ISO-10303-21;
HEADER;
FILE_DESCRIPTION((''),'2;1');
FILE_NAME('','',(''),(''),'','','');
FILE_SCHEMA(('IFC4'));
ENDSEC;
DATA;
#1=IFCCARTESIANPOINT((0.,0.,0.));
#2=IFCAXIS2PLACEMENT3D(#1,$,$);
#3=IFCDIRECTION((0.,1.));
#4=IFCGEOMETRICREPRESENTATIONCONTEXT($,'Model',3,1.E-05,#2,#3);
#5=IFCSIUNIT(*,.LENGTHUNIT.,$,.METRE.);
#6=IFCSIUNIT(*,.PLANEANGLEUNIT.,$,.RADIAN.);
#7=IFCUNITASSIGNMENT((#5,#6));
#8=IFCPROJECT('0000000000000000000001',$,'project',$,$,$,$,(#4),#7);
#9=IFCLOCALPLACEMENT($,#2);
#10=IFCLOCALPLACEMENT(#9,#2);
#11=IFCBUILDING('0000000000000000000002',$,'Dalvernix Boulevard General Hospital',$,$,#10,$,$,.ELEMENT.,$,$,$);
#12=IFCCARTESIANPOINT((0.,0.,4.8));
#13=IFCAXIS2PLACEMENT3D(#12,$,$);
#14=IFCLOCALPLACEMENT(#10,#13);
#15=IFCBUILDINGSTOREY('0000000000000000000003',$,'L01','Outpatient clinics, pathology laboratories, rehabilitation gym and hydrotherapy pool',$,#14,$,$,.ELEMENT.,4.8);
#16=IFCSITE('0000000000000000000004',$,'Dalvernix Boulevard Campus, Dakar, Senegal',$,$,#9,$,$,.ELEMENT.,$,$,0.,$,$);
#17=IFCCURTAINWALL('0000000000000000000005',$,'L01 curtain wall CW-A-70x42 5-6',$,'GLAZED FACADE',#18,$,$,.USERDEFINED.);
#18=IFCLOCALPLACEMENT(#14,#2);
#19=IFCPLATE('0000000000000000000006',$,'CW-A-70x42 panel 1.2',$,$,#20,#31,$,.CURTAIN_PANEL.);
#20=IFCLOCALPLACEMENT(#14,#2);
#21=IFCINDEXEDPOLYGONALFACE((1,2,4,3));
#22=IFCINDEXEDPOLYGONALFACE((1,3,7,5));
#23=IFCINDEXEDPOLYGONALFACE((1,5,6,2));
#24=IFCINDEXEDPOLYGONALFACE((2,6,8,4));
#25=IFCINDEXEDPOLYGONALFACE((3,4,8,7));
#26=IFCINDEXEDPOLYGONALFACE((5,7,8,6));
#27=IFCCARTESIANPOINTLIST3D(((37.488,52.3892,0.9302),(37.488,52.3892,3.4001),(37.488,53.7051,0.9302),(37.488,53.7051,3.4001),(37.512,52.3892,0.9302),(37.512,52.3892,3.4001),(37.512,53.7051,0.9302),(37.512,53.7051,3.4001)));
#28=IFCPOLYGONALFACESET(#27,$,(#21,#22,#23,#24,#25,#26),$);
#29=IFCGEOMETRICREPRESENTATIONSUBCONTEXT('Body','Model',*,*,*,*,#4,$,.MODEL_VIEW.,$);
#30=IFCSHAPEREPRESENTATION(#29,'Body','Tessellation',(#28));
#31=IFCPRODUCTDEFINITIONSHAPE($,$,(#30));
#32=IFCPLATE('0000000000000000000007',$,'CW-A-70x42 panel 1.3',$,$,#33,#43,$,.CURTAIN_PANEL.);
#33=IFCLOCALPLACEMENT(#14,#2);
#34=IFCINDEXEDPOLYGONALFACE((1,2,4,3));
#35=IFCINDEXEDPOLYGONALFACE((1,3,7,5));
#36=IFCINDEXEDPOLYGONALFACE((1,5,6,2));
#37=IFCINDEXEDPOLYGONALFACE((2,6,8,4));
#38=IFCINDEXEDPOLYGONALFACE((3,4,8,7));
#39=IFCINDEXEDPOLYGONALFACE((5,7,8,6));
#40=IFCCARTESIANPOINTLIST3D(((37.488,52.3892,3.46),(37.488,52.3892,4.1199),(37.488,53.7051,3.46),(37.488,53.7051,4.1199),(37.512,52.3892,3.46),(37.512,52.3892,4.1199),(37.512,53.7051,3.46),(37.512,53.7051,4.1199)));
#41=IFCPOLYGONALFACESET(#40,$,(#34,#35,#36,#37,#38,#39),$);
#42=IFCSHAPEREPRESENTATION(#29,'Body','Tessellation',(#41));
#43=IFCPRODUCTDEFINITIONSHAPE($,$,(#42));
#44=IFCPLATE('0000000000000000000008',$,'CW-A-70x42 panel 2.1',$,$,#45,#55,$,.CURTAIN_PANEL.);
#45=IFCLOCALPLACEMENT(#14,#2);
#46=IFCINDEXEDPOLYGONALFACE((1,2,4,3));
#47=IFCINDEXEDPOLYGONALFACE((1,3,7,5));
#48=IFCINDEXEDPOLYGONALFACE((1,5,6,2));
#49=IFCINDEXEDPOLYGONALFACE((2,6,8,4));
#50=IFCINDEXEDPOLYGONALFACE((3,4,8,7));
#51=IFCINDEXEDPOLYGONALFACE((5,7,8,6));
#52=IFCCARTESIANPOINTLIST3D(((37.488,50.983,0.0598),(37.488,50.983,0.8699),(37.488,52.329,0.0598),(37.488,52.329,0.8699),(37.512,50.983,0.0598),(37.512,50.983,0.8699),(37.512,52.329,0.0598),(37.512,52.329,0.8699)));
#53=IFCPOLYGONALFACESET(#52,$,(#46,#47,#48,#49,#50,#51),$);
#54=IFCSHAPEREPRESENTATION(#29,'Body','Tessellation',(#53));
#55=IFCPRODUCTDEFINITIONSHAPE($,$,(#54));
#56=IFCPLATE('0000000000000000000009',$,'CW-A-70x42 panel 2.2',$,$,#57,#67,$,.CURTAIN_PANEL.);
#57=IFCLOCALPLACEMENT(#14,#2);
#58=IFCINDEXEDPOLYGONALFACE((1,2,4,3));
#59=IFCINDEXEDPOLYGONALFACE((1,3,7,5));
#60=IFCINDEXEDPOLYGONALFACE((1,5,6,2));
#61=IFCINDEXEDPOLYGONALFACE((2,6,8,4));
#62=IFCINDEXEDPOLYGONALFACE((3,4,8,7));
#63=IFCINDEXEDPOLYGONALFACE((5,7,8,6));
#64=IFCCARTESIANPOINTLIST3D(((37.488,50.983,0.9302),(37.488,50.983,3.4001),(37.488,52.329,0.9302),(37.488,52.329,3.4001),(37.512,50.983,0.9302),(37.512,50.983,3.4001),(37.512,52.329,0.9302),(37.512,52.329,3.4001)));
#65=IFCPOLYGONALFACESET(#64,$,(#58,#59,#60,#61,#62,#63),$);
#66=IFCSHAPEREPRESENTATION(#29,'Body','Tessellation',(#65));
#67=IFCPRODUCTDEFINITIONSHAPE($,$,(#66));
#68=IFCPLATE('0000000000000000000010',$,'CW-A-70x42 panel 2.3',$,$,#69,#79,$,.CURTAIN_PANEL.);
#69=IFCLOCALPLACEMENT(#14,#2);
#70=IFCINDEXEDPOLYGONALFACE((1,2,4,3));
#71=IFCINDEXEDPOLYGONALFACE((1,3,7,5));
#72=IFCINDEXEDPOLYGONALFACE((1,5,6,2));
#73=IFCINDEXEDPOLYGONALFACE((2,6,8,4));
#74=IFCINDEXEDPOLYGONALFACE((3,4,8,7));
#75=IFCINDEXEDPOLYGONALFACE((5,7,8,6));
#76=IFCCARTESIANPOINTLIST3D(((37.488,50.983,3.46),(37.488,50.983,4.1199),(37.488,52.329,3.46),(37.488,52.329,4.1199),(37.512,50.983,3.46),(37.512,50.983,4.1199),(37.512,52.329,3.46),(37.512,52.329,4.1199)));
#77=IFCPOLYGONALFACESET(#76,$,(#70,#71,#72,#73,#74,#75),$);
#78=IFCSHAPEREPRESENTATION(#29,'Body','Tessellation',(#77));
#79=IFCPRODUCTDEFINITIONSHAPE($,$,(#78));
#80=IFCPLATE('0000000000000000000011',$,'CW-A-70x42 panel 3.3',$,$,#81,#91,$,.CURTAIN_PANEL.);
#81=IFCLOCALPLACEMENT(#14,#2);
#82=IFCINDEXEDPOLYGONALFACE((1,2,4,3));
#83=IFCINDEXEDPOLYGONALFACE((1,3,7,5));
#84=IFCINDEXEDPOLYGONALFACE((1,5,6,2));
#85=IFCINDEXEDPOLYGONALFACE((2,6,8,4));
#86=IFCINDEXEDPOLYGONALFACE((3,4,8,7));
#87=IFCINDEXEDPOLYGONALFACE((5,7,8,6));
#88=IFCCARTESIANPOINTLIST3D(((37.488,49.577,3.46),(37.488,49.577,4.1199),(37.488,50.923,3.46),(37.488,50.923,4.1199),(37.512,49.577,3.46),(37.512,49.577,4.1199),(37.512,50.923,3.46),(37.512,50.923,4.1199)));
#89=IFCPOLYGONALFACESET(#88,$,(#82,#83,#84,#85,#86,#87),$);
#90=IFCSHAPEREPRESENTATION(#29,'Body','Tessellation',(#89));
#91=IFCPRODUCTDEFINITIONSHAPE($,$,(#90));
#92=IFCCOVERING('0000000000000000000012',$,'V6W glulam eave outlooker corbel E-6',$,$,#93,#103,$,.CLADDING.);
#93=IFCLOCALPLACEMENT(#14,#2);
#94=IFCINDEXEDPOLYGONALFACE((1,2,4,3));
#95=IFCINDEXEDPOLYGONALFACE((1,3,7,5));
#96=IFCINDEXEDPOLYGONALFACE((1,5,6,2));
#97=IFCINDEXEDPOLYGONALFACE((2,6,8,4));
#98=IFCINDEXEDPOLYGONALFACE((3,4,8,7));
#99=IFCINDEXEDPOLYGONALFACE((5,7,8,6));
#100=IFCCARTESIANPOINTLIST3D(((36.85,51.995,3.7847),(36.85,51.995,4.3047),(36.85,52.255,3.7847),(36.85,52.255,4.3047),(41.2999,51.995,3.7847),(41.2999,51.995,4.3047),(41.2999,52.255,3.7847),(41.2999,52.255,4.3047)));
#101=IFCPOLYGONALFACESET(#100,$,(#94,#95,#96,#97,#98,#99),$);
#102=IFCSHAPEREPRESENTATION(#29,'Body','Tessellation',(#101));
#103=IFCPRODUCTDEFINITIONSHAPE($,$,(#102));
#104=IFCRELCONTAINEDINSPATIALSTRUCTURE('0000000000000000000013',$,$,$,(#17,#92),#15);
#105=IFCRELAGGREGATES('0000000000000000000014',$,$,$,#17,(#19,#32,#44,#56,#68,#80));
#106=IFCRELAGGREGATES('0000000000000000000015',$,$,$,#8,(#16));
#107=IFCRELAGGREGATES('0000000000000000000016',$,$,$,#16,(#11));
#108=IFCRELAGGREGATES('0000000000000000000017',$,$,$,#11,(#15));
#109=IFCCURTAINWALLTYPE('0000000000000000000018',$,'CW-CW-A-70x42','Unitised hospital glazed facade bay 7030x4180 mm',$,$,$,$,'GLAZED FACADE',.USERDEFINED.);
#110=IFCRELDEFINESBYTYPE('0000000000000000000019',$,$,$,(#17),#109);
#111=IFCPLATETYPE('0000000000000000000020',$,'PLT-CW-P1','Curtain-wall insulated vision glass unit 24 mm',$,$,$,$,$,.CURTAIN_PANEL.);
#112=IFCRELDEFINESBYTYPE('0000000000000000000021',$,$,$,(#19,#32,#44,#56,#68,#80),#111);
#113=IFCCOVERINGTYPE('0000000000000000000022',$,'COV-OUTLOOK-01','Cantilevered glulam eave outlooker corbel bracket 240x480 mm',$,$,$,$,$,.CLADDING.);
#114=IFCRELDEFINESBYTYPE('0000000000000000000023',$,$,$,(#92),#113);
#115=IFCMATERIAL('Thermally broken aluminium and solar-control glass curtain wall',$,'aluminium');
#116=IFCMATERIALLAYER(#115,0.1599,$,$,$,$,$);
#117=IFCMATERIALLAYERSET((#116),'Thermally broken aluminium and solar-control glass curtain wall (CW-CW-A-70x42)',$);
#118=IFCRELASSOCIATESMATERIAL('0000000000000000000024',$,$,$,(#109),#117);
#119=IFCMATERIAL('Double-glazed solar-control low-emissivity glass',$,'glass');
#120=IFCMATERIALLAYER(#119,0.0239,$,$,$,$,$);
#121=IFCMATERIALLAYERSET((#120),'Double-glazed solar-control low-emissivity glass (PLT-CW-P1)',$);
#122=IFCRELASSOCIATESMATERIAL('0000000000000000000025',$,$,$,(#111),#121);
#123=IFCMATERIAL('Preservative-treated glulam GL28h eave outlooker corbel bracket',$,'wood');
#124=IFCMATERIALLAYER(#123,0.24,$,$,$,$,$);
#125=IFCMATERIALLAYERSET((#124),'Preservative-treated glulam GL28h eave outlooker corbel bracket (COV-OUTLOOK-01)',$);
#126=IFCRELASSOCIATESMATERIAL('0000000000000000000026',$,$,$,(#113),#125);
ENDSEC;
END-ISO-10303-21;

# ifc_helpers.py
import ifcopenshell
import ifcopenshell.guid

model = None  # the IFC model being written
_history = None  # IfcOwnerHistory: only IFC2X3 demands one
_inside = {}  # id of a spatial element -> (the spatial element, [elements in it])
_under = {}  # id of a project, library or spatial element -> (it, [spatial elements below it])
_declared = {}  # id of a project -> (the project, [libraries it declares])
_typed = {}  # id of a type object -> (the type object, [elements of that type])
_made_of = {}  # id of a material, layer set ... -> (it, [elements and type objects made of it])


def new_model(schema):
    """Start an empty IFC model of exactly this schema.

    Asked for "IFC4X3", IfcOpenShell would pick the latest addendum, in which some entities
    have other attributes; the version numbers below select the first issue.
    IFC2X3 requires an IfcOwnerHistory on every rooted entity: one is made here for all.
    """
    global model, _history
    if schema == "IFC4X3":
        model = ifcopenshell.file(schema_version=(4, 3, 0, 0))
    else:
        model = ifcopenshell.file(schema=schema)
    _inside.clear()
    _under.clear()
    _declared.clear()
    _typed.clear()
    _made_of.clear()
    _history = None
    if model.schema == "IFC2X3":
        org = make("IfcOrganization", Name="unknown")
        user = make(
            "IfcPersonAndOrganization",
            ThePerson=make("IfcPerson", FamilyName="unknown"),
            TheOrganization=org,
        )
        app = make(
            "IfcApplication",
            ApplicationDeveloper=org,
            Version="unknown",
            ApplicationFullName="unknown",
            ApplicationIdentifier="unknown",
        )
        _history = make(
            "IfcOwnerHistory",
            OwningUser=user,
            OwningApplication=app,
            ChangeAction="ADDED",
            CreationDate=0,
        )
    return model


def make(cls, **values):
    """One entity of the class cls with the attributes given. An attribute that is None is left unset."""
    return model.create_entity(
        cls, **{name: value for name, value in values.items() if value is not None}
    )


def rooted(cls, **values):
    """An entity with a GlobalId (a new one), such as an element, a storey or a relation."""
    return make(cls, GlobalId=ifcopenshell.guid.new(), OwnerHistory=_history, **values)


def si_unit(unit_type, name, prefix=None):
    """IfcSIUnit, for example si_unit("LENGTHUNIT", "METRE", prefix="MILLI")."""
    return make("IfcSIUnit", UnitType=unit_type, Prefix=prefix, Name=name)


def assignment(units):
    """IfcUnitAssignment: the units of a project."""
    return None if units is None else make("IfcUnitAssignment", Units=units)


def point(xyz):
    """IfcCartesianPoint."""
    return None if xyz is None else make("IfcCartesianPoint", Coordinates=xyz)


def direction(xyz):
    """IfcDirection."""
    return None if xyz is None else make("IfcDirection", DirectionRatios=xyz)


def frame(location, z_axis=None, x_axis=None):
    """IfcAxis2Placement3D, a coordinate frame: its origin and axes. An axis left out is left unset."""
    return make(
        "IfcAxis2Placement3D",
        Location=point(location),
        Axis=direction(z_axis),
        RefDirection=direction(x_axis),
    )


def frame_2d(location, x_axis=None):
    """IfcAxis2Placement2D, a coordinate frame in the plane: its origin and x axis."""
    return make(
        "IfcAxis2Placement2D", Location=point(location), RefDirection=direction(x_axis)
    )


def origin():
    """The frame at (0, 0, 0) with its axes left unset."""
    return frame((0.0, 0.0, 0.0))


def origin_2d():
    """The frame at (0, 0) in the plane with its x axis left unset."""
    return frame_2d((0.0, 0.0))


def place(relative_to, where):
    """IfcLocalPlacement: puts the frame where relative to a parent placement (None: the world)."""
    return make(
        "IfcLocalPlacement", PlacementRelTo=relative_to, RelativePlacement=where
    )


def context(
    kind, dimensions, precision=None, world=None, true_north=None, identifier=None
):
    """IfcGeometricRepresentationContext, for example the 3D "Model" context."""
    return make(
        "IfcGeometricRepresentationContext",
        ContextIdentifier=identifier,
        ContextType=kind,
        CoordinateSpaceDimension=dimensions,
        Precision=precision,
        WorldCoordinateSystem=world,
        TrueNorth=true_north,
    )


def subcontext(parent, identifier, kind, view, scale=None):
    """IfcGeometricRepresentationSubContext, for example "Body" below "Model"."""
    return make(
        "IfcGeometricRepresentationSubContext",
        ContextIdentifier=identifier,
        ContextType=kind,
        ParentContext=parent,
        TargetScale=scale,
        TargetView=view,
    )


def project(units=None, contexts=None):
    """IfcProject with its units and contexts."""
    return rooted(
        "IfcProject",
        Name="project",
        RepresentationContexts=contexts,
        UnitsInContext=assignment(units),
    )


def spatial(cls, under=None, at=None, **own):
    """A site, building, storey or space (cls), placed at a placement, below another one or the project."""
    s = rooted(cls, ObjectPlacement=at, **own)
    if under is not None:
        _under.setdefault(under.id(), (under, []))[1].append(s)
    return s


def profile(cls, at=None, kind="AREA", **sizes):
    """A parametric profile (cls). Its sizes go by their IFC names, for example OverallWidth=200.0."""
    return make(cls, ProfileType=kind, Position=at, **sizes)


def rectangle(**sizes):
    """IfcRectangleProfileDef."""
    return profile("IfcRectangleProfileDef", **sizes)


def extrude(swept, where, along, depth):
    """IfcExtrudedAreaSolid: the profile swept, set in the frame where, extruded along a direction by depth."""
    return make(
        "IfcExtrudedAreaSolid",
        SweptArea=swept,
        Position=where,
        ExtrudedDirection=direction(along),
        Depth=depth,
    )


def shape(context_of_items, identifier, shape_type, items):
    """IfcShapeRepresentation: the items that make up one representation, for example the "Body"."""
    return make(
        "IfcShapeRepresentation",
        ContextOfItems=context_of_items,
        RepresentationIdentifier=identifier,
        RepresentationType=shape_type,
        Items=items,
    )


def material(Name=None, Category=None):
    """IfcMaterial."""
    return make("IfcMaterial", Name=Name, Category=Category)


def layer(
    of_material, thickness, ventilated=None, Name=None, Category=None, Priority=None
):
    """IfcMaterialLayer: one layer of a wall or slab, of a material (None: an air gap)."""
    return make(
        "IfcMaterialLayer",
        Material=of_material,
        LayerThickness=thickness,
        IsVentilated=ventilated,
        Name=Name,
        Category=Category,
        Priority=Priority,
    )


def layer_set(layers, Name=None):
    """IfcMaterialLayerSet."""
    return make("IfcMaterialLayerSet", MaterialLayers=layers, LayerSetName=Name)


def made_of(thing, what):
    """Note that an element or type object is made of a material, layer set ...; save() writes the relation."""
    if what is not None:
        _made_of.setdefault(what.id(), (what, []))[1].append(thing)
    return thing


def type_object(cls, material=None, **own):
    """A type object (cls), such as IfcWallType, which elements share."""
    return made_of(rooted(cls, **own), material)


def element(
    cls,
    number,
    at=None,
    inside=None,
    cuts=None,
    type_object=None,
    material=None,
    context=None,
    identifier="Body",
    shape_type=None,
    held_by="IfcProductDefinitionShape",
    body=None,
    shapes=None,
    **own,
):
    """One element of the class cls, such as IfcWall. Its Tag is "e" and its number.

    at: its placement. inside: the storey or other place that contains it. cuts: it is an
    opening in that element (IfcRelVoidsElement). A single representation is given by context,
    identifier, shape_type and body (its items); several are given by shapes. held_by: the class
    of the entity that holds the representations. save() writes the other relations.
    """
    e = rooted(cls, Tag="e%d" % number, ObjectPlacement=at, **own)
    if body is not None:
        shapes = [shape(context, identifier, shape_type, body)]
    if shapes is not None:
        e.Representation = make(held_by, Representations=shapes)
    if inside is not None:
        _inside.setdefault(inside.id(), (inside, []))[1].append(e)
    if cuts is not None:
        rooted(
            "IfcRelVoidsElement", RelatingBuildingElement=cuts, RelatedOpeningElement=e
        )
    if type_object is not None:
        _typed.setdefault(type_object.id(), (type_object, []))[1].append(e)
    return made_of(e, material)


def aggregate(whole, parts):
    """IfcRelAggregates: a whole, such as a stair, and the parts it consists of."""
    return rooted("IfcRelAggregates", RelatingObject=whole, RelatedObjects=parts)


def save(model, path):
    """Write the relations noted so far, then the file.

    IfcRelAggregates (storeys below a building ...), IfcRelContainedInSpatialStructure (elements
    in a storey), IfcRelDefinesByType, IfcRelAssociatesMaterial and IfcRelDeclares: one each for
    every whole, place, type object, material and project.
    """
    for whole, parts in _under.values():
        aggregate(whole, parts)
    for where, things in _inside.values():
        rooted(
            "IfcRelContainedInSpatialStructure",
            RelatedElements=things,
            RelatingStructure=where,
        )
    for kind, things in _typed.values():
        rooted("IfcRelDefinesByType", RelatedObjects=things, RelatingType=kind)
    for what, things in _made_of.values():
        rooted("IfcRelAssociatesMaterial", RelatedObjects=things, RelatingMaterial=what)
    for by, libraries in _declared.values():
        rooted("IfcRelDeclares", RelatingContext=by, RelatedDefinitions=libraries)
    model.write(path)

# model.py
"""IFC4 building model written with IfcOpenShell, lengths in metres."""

from ifc_helpers import new_model, si_unit, direction, frame, origin, origin_2d, place, context, subcontext, project, spatial, rectangle, extrude, material, layer, layer_set, type_object, element, aggregate, save


model = new_model("IFC4")

# Units and contexts
model_context = context("Model", 3, precision=1e-05, world=origin(), true_north=direction((0.0, 1.0)))
body_context = subcontext(model_context, "Body", "Model", "MODEL_VIEW")
ifc_project = project(units=[si_unit("LENGTHUNIT", "METRE"), si_unit("PLANEANGLEUNIT", "RADIAN")], contexts=[model_context])

# Site, building, storey
site_placement = place(None, origin())
site = spatial("IfcSite", under=ifc_project, at=site_placement, Name="Dalvernix Boulevard Campus, Dakar, Senegal", CompositionType="ELEMENT", RefElevation=0.0)
building_placement = place(site_placement, origin())
building = spatial("IfcBuilding", under=site, at=building_placement, Name="Dalvernix Boulevard General Hospital", CompositionType="ELEMENT")
storey_placement = place(building_placement, frame((0.0, 0.0, 4.8)))
storey = spatial("IfcBuildingStorey", under=building, at=storey_placement, Name="L01", Description="Outpatient clinics, pathology laboratories, rehabilitation gym and hydrotherapy pool", CompositionType="ELEMENT", Elevation=4.8)

# Curtain wall, plates
ifc_material_1 = material(Name="Thermally broken aluminium and solar-control glass curtain wall", Category="aluminium")
ifc_layer_1 = layer(ifc_material_1, 0.1599)
ifc_layer_set_1 = layer_set([ifc_layer_1], Name="Thermally broken aluminium and solar-control glass curtain wall (CW-CW-A-70x42)")
curtain_wall_type = type_object("IfcCurtainWallType", Name="CW-CW-A-70x42", Description="Unitised hospital glazed facade bay 7030x4180 mm", ElementType="GLAZED FACADE", PredefinedType="USERDEFINED", material=ifc_layer_set_1)
curtain_wall_placement = place(storey_placement, origin())
curtain_wall = element("IfcCurtainWall", 1, at=curtain_wall_placement, inside=storey, type_object=curtain_wall_type, Name="L01 curtain wall CW-A-70x42 5-6", ObjectType="GLAZED FACADE", PredefinedType="USERDEFINED")
ifc_material_2 = material(Name="Double-glazed solar-control low-emissivity glass", Category="glass")
ifc_layer_2 = layer(ifc_material_2, 0.0239)
ifc_layer_set_2 = layer_set([ifc_layer_2], Name="Double-glazed solar-control low-emissivity glass (PLT-CW-P1)")
plate_type = type_object("IfcPlateType", Name="PLT-CW-P1", Description="Curtain-wall insulated vision glass unit 24 mm", PredefinedType="CURTAIN_PANEL", material=ifc_layer_set_2)
plate_1_placement = place(storey_placement, frame((37.5, 53.0471, 0.9302), z_axis=(0.0, 0.0, 1.0), x_axis=(0.0, -1.0, 0.0)))
plate_1 = element("IfcPlate", 2, at=plate_1_placement, type_object=plate_type, Name="CW-A-70x42 panel 1.2", PredefinedType="CURTAIN_PANEL", context=body_context, shape_type="SweptSolid", body=[
    extrude(rectangle(XDim=1.3159, YDim=0.0239, at=origin_2d()), origin(), (0.0, 0.0, 1.0), 2.47),
])
plate_2_placement = place(storey_placement, frame((37.5, 53.0471, 3.46), z_axis=(0.0, 0.0, 1.0), x_axis=(0.0, -1.0, 0.0)))
plate_2 = element("IfcPlate", 3, at=plate_2_placement, type_object=plate_type, Name="CW-A-70x42 panel 1.3", PredefinedType="CURTAIN_PANEL", context=body_context, shape_type="SweptSolid", body=[
    extrude(rectangle(XDim=1.3159, YDim=0.0239, at=origin_2d()), origin(), (0.0, 0.0, 1.0), 0.6599),
])
plate_3_placement = place(storey_placement, frame((37.5, 51.656, 0.0598), z_axis=(0.0, 0.0, 1.0), x_axis=(0.0, -1.0, 0.0)))
plate_3 = element("IfcPlate", 4, at=plate_3_placement, type_object=plate_type, Name="CW-A-70x42 panel 2.1", PredefinedType="CURTAIN_PANEL", context=body_context, shape_type="SweptSolid", body=[
    extrude(rectangle(XDim=1.3459, YDim=0.0239, at=origin_2d()), origin(), (0.0, 0.0, 1.0), 0.8101),
])
plate_4_placement = place(storey_placement, frame((37.5, 51.656, 0.9302), z_axis=(0.0, 0.0, 1.0), x_axis=(0.0, -1.0, 0.0)))
plate_4 = element("IfcPlate", 5, at=plate_4_placement, type_object=plate_type, Name="CW-A-70x42 panel 2.2", PredefinedType="CURTAIN_PANEL", context=body_context, shape_type="SweptSolid", body=[
    extrude(rectangle(XDim=1.3459, YDim=0.0239, at=origin_2d()), origin(), (0.0, 0.0, 1.0), 2.47),
])
plate_5_placement = place(storey_placement, frame((37.5, 51.656, 3.46), z_axis=(0.0, 0.0, 1.0), x_axis=(0.0, -1.0, 0.0)))
plate_5 = element("IfcPlate", 6, at=plate_5_placement, type_object=plate_type, Name="CW-A-70x42 panel 2.3", PredefinedType="CURTAIN_PANEL", context=body_context, shape_type="SweptSolid", body=[
    extrude(rectangle(XDim=1.3459, YDim=0.0239, at=origin_2d()), origin(), (0.0, 0.0, 1.0), 0.6599),
])
plate_6_placement = place(storey_placement, frame((37.5, 50.25, 3.46), z_axis=(0.0, 0.0, 1.0), x_axis=(0.0, -1.0, 0.0)))
plate_6 = element("IfcPlate", 7, at=plate_6_placement, type_object=plate_type, Name="CW-A-70x42 panel 3.3", PredefinedType="CURTAIN_PANEL", context=body_context, shape_type="SweptSolid", body=[
    extrude(rectangle(XDim=1.3459, YDim=0.0239, at=origin_2d()), origin(), (0.0, 0.0, 1.0), 0.6599),
])
aggregate(curtain_wall, [plate_1, plate_2, plate_3, plate_4, plate_5, plate_6])

# Covering
ifc_material_3 = material(Name="Preservative-treated glulam GL28h eave outlooker corbel bracket", Category="wood")
ifc_layer_3 = layer(ifc_material_3, 0.24)
ifc_layer_set_3 = layer_set([ifc_layer_3], Name="Preservative-treated glulam GL28h eave outlooker corbel bracket (COV-OUTLOOK-01)")
covering_type = type_object("IfcCoveringType", Name="COV-OUTLOOK-01", Description="Cantilevered glulam eave outlooker corbel bracket 240x480 mm", PredefinedType="CLADDING", material=ifc_layer_set_3)
covering_placement = place(storey_placement, frame((39.075, 52.125, 3.7847), z_axis=(0.0, 0.0, 1.0), x_axis=(1.0, 0.0, 0.0)))
element("IfcCovering", 8, at=covering_placement, inside=storey, type_object=covering_type, Name="V6W glulam eave outlooker corbel E-6", PredefinedType="CLADDING", context=body_context, shape_type="SweptSolid", body=[
    extrude(rectangle(XDim=4.45, YDim=0.26, at=origin_2d()), origin(), (0.0, 0.0, 1.0), 0.52),
])

save(model, "model.ifc")
